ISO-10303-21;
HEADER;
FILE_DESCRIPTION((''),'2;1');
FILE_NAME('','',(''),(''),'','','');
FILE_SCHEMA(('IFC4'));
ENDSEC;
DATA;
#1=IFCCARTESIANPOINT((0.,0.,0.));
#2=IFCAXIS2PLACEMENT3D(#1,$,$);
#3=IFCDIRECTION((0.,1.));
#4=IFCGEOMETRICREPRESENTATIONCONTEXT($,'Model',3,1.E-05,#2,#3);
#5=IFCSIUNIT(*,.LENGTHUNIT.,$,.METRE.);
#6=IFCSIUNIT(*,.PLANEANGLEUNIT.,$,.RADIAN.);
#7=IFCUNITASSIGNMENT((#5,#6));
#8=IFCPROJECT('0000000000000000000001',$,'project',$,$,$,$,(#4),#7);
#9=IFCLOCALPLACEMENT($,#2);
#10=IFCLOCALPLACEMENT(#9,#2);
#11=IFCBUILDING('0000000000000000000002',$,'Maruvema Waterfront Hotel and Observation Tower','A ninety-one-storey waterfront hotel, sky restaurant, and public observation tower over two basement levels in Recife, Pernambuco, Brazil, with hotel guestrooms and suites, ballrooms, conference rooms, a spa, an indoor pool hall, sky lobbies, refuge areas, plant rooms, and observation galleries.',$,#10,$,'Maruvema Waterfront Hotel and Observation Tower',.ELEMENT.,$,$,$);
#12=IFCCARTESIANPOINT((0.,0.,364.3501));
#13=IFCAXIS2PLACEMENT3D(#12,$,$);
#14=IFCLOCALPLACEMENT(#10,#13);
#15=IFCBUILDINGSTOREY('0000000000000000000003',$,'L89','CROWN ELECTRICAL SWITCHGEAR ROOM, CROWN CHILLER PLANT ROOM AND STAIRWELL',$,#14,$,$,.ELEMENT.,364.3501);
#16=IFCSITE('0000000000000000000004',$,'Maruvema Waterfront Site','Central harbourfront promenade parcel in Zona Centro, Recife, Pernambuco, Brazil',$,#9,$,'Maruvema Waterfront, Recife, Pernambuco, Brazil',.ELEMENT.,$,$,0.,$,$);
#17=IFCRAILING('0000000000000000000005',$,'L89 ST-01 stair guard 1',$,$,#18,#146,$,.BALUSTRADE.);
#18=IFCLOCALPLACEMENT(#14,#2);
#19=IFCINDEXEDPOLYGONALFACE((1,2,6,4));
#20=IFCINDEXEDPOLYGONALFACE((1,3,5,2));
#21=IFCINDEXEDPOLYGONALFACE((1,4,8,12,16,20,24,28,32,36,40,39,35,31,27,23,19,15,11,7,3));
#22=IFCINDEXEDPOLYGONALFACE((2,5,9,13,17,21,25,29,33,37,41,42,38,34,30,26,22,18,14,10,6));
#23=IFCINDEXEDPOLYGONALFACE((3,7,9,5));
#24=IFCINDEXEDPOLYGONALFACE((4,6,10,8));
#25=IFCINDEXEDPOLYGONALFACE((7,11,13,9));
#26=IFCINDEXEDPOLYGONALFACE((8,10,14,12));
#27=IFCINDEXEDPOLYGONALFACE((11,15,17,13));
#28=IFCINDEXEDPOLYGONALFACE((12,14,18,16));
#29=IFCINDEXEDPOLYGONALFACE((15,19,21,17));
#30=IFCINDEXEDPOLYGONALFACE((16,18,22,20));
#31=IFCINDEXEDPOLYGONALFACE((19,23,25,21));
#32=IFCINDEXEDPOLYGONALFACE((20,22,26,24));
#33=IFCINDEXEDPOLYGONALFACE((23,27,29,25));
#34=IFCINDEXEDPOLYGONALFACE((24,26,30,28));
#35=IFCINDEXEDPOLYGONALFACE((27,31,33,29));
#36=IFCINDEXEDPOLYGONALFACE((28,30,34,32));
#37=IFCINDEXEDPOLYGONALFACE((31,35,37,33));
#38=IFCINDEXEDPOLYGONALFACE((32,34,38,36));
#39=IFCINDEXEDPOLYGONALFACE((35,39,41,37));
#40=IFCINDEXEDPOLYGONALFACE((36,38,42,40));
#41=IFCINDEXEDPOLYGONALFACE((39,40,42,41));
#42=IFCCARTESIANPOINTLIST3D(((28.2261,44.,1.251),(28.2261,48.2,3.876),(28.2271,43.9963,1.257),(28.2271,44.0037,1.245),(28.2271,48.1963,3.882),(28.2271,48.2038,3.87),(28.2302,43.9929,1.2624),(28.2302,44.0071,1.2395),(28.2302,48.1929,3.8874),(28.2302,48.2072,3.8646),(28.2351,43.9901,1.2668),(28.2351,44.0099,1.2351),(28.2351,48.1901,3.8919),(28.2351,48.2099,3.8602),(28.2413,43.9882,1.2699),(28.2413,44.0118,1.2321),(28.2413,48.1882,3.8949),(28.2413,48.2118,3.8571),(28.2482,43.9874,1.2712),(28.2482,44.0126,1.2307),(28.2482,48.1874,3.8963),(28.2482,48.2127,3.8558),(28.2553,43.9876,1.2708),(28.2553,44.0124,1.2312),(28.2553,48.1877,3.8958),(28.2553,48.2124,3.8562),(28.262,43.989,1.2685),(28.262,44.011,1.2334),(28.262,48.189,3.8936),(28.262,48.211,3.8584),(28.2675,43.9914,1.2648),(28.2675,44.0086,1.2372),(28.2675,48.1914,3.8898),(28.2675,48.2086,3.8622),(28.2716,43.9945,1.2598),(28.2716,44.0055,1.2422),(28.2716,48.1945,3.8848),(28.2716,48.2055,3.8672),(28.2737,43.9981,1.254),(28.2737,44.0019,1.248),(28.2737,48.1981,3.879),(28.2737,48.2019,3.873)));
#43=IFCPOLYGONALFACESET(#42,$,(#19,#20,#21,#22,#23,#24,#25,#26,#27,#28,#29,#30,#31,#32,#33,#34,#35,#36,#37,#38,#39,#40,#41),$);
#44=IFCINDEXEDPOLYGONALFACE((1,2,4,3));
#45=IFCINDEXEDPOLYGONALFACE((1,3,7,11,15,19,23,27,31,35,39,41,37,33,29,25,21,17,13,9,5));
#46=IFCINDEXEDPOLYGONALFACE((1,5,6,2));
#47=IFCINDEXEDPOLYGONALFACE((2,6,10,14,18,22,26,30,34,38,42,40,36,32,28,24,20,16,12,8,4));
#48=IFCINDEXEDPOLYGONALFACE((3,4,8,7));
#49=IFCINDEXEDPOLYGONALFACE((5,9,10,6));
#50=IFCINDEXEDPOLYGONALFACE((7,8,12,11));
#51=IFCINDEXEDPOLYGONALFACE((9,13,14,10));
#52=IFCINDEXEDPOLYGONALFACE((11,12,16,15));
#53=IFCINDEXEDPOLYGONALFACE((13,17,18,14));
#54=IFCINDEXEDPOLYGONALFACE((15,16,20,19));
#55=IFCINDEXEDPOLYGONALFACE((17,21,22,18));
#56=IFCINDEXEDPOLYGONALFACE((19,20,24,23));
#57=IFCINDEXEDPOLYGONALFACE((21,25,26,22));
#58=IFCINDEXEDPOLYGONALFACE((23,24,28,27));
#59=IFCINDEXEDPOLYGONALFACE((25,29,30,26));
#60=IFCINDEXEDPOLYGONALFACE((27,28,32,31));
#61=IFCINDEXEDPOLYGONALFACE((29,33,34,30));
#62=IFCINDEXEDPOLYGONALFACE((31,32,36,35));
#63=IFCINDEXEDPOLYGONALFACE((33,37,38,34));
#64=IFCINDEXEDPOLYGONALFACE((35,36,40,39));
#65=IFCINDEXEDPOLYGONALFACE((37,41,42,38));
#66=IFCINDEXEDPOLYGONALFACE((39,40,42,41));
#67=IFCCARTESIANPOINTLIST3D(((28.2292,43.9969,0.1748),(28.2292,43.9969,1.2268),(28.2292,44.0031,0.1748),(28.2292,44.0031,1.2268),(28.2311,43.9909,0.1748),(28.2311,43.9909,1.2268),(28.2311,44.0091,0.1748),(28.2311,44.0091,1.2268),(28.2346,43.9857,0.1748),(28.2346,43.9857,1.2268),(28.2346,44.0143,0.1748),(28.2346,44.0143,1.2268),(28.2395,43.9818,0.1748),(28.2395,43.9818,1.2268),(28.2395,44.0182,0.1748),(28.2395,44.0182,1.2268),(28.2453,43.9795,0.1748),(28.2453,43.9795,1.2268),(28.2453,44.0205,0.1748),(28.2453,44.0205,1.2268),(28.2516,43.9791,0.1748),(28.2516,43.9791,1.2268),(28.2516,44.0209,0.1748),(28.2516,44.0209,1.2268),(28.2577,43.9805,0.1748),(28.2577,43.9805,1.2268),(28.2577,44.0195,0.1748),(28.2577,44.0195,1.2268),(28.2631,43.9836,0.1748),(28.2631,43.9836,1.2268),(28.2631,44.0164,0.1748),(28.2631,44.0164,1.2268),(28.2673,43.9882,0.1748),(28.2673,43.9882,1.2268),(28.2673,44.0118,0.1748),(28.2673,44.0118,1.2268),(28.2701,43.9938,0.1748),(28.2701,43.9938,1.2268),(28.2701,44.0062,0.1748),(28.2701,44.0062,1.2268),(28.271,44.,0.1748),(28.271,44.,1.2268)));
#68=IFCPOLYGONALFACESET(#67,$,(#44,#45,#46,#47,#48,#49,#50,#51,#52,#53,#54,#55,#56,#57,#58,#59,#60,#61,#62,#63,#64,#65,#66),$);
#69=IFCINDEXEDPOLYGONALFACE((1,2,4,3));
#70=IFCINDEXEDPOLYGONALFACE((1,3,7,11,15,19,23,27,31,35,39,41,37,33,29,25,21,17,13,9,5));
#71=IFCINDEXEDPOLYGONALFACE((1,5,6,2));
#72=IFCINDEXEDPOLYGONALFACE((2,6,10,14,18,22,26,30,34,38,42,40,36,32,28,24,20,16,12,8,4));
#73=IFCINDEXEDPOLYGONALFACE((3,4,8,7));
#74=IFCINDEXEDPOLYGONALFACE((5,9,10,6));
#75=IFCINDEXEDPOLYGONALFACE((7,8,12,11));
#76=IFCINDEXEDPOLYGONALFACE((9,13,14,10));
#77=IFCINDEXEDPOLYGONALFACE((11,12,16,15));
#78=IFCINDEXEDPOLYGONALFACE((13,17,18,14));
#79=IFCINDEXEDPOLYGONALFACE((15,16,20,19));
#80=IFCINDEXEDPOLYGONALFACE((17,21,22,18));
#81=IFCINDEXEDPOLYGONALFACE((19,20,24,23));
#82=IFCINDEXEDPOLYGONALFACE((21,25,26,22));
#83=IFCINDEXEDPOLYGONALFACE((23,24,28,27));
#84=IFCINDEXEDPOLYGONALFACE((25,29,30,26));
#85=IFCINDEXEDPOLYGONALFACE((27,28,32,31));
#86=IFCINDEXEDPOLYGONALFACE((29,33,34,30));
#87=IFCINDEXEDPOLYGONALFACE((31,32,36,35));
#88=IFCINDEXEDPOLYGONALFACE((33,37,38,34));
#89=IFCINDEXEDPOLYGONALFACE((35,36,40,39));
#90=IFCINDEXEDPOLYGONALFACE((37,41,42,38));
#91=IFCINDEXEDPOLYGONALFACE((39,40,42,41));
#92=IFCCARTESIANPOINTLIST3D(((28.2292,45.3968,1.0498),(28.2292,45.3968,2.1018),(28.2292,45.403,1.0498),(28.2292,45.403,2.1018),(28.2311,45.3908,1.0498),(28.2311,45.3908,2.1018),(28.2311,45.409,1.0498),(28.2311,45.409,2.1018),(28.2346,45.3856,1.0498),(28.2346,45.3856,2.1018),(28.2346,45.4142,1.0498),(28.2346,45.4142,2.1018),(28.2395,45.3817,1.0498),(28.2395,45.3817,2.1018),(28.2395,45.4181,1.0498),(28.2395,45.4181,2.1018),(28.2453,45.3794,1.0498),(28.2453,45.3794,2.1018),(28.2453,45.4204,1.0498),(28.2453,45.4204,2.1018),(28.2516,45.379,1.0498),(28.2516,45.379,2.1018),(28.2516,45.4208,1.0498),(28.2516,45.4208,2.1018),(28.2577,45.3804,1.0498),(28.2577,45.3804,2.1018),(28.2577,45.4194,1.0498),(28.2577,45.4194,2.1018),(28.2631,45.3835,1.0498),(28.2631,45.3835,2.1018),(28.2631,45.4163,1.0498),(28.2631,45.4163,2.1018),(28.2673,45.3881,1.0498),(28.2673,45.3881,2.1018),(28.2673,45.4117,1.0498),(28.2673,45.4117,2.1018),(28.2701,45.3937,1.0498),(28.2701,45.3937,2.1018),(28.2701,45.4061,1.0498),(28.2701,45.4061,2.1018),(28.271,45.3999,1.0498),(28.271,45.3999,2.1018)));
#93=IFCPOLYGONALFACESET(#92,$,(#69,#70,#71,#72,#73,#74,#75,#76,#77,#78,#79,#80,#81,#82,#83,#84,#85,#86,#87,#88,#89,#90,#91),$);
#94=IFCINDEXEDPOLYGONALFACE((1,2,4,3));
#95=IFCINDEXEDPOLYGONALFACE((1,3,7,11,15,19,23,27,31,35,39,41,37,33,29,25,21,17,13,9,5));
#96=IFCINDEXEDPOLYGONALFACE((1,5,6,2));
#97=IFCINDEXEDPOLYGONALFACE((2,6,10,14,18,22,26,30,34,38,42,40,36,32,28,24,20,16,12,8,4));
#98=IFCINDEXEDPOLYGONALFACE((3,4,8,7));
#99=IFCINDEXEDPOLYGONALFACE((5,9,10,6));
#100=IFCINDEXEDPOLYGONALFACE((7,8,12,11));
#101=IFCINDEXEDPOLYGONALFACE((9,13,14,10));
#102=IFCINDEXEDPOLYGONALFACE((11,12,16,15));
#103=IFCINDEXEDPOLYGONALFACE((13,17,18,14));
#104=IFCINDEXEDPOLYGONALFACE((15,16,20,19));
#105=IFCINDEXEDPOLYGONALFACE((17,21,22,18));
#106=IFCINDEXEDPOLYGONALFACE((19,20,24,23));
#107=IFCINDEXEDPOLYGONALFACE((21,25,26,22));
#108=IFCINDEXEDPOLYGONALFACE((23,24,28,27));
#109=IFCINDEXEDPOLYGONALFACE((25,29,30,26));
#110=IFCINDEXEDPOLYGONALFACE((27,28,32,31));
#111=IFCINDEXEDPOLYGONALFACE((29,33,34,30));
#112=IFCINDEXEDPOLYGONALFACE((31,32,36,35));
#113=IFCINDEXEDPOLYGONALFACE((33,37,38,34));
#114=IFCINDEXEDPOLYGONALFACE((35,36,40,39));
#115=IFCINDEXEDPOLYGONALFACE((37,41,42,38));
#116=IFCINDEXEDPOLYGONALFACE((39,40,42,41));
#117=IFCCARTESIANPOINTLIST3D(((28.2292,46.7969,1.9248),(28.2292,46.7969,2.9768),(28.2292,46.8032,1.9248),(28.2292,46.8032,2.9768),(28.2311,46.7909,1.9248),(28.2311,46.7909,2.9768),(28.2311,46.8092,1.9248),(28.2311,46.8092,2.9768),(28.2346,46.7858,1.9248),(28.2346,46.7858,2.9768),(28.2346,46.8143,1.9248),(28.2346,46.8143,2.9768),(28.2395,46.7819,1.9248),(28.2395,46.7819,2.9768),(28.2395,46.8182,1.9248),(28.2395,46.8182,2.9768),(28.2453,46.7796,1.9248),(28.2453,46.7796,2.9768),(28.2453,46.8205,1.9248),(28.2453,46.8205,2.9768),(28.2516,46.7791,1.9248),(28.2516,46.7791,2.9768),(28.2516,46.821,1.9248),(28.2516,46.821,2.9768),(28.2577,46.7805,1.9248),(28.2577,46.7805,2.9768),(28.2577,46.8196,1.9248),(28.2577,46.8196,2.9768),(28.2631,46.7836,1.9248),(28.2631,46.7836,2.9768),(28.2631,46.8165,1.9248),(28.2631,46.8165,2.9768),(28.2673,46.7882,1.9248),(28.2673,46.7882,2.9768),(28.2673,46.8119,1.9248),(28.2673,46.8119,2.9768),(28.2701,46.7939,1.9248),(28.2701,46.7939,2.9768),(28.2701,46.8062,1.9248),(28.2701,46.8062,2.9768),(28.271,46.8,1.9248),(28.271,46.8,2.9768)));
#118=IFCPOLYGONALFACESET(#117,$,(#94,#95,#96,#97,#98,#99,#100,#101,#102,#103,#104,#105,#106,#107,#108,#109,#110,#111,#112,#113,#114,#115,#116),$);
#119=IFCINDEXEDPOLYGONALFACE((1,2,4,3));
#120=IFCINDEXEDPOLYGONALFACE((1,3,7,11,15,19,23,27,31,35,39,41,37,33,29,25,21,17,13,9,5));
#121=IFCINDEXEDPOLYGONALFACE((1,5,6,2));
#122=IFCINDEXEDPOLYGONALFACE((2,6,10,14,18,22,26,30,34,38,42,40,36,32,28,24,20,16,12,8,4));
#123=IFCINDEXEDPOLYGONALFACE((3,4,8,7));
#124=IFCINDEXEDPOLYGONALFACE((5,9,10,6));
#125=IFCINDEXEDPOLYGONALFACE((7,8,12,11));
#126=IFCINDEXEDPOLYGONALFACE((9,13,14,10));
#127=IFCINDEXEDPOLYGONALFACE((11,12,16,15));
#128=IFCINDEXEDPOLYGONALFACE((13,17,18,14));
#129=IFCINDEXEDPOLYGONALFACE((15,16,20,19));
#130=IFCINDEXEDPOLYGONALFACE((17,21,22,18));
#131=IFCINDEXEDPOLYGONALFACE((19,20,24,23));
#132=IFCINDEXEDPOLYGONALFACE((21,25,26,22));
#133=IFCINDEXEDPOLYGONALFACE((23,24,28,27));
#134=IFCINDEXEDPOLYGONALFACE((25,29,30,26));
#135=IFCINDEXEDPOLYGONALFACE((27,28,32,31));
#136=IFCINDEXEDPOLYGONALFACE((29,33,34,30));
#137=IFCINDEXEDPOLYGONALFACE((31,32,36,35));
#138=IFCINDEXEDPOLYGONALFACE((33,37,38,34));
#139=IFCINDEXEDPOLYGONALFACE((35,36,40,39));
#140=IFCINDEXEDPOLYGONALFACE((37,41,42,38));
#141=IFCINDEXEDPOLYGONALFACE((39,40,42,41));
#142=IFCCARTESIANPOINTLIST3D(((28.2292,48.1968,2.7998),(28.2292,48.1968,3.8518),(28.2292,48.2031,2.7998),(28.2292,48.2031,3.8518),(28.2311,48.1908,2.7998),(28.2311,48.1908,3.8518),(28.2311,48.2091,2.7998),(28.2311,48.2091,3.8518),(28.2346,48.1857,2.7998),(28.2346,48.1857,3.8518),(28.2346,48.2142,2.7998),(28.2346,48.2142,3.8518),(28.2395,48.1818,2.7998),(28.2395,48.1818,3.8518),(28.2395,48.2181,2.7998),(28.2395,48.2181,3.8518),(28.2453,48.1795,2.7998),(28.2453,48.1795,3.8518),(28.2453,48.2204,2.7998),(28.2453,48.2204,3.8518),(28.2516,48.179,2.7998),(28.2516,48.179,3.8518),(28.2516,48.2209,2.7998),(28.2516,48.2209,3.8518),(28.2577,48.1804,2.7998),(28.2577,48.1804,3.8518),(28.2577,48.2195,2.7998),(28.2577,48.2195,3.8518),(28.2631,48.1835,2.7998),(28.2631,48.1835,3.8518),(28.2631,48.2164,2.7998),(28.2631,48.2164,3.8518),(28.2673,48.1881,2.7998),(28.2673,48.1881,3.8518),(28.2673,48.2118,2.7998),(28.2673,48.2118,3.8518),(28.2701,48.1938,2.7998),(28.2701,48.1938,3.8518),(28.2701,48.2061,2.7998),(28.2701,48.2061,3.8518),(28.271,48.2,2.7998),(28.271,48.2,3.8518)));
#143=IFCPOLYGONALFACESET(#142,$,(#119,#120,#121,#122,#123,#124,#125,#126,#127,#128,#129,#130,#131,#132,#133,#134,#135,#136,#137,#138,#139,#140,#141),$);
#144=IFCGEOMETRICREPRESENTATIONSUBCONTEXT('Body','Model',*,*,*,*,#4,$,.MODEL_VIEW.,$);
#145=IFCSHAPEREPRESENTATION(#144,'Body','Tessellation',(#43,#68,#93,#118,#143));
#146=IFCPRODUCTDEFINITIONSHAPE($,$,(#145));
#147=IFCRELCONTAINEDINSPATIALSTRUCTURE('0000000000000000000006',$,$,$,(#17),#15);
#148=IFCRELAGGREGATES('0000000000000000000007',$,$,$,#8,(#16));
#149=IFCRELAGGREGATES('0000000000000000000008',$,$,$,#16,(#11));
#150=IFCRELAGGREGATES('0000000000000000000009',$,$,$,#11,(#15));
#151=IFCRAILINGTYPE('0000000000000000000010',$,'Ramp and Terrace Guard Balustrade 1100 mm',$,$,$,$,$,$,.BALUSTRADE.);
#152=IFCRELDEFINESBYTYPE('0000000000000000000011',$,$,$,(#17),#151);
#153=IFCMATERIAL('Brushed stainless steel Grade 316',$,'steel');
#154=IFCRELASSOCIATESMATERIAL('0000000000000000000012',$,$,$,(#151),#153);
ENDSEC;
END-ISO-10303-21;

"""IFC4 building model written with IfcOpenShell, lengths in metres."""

from ifc_helpers import new_model, si_unit, direction, frame, origin, origin_2d, place, context, subcontext, project, spatial, circle, extrude, material, type_object, element, save


model = new_model("IFC4")

# Units and contexts
model_context = context("Model", 3, precision=1e-05, world=origin(), true_north=direction((0.0, 1.0)))
body_context = subcontext(model_context, "Body", "Model", "MODEL_VIEW")
ifc_project = project(units=[si_unit("LENGTHUNIT", "METRE"), si_unit("PLANEANGLEUNIT", "RADIAN")], contexts=[model_context])

# Site, building, storey
site_placement = place(None, origin())
site = spatial("IfcSite", under=ifc_project, at=site_placement, Name="Maruvema Waterfront Site", Description="Central harbourfront promenade parcel in Zona Centro, Recife, Pernambuco, Brazil", LongName="Maruvema Waterfront, Recife, Pernambuco, Brazil", CompositionType="ELEMENT", RefElevation=0.0)
building_placement = place(site_placement, origin())
building = spatial("IfcBuilding", under=site, at=building_placement, Name="Maruvema Waterfront Hotel and Observation Tower", Description="A ninety-one-storey waterfront hotel, sky restaurant, and public observation tower over two basement levels in Recife, Pernambuco, Brazil, with hotel guestrooms and suites, ballrooms, conference rooms, a spa, an indoor pool hall, sky lobbies, refuge areas, plant rooms, and observation galleries.", LongName="Maruvema Waterfront Hotel and Observation Tower", CompositionType="ELEMENT")
storey_placement = place(building_placement, frame((0.0, 0.0, 364.3501)))
storey = spatial("IfcBuildingStorey", under=building, at=storey_placement, Name="L89", Description="CROWN ELECTRICAL SWITCHGEAR ROOM, CROWN CHILLER PLANT ROOM AND STAIRWELL", CompositionType="ELEMENT", Elevation=364.3501)

# Railing
ifc_material_1 = material(Name="Brushed stainless steel Grade 316", Category="steel")
railing_type_1 = type_object("IfcRailingType", Name="Ramp and Terrace Guard Balustrade 1100 mm", PredefinedType="BALUSTRADE", material=ifc_material_1)
railing_1_placement = place(storey_placement, frame((28.25, 44.0, 0.1748)))
element("IfcRailing", 1, at=railing_1_placement, inside=storey, type_object=railing_type_1, Name="L89 ST-01 stair guard 1", PredefinedType="BALUSTRADE", context=body_context, shape_type="SweptSolid", body=[
    extrude(circle(Radius=0.0239, at=origin_2d()), frame((0.0, 0.0, 1.0762), z_axis=(0.0, 0.847996, 0.530003), x_axis=(-1.0, 0.0, 0.0)), (0.0, 0.0, 1.0), 4.9529),
    extrude(circle(Radius=0.021, at=origin_2d()), origin(), (0.0, 0.0, 1.0), 1.052),
    extrude(circle(Radius=0.021, at=origin_2d()), frame((0.0, 1.3999, 0.875)), (0.0, 0.0, 1.0), 1.052),
    extrude(circle(Radius=0.021, at=origin_2d()), frame((0.0, 2.8, 1.75)), (0.0, 0.0, 1.0), 1.052),
    extrude(circle(Radius=0.021, at=origin_2d()), frame((0.0, 4.2, 2.625)), (0.0, 0.0, 1.0), 1.052),
])

save(model, "model.ifc")
